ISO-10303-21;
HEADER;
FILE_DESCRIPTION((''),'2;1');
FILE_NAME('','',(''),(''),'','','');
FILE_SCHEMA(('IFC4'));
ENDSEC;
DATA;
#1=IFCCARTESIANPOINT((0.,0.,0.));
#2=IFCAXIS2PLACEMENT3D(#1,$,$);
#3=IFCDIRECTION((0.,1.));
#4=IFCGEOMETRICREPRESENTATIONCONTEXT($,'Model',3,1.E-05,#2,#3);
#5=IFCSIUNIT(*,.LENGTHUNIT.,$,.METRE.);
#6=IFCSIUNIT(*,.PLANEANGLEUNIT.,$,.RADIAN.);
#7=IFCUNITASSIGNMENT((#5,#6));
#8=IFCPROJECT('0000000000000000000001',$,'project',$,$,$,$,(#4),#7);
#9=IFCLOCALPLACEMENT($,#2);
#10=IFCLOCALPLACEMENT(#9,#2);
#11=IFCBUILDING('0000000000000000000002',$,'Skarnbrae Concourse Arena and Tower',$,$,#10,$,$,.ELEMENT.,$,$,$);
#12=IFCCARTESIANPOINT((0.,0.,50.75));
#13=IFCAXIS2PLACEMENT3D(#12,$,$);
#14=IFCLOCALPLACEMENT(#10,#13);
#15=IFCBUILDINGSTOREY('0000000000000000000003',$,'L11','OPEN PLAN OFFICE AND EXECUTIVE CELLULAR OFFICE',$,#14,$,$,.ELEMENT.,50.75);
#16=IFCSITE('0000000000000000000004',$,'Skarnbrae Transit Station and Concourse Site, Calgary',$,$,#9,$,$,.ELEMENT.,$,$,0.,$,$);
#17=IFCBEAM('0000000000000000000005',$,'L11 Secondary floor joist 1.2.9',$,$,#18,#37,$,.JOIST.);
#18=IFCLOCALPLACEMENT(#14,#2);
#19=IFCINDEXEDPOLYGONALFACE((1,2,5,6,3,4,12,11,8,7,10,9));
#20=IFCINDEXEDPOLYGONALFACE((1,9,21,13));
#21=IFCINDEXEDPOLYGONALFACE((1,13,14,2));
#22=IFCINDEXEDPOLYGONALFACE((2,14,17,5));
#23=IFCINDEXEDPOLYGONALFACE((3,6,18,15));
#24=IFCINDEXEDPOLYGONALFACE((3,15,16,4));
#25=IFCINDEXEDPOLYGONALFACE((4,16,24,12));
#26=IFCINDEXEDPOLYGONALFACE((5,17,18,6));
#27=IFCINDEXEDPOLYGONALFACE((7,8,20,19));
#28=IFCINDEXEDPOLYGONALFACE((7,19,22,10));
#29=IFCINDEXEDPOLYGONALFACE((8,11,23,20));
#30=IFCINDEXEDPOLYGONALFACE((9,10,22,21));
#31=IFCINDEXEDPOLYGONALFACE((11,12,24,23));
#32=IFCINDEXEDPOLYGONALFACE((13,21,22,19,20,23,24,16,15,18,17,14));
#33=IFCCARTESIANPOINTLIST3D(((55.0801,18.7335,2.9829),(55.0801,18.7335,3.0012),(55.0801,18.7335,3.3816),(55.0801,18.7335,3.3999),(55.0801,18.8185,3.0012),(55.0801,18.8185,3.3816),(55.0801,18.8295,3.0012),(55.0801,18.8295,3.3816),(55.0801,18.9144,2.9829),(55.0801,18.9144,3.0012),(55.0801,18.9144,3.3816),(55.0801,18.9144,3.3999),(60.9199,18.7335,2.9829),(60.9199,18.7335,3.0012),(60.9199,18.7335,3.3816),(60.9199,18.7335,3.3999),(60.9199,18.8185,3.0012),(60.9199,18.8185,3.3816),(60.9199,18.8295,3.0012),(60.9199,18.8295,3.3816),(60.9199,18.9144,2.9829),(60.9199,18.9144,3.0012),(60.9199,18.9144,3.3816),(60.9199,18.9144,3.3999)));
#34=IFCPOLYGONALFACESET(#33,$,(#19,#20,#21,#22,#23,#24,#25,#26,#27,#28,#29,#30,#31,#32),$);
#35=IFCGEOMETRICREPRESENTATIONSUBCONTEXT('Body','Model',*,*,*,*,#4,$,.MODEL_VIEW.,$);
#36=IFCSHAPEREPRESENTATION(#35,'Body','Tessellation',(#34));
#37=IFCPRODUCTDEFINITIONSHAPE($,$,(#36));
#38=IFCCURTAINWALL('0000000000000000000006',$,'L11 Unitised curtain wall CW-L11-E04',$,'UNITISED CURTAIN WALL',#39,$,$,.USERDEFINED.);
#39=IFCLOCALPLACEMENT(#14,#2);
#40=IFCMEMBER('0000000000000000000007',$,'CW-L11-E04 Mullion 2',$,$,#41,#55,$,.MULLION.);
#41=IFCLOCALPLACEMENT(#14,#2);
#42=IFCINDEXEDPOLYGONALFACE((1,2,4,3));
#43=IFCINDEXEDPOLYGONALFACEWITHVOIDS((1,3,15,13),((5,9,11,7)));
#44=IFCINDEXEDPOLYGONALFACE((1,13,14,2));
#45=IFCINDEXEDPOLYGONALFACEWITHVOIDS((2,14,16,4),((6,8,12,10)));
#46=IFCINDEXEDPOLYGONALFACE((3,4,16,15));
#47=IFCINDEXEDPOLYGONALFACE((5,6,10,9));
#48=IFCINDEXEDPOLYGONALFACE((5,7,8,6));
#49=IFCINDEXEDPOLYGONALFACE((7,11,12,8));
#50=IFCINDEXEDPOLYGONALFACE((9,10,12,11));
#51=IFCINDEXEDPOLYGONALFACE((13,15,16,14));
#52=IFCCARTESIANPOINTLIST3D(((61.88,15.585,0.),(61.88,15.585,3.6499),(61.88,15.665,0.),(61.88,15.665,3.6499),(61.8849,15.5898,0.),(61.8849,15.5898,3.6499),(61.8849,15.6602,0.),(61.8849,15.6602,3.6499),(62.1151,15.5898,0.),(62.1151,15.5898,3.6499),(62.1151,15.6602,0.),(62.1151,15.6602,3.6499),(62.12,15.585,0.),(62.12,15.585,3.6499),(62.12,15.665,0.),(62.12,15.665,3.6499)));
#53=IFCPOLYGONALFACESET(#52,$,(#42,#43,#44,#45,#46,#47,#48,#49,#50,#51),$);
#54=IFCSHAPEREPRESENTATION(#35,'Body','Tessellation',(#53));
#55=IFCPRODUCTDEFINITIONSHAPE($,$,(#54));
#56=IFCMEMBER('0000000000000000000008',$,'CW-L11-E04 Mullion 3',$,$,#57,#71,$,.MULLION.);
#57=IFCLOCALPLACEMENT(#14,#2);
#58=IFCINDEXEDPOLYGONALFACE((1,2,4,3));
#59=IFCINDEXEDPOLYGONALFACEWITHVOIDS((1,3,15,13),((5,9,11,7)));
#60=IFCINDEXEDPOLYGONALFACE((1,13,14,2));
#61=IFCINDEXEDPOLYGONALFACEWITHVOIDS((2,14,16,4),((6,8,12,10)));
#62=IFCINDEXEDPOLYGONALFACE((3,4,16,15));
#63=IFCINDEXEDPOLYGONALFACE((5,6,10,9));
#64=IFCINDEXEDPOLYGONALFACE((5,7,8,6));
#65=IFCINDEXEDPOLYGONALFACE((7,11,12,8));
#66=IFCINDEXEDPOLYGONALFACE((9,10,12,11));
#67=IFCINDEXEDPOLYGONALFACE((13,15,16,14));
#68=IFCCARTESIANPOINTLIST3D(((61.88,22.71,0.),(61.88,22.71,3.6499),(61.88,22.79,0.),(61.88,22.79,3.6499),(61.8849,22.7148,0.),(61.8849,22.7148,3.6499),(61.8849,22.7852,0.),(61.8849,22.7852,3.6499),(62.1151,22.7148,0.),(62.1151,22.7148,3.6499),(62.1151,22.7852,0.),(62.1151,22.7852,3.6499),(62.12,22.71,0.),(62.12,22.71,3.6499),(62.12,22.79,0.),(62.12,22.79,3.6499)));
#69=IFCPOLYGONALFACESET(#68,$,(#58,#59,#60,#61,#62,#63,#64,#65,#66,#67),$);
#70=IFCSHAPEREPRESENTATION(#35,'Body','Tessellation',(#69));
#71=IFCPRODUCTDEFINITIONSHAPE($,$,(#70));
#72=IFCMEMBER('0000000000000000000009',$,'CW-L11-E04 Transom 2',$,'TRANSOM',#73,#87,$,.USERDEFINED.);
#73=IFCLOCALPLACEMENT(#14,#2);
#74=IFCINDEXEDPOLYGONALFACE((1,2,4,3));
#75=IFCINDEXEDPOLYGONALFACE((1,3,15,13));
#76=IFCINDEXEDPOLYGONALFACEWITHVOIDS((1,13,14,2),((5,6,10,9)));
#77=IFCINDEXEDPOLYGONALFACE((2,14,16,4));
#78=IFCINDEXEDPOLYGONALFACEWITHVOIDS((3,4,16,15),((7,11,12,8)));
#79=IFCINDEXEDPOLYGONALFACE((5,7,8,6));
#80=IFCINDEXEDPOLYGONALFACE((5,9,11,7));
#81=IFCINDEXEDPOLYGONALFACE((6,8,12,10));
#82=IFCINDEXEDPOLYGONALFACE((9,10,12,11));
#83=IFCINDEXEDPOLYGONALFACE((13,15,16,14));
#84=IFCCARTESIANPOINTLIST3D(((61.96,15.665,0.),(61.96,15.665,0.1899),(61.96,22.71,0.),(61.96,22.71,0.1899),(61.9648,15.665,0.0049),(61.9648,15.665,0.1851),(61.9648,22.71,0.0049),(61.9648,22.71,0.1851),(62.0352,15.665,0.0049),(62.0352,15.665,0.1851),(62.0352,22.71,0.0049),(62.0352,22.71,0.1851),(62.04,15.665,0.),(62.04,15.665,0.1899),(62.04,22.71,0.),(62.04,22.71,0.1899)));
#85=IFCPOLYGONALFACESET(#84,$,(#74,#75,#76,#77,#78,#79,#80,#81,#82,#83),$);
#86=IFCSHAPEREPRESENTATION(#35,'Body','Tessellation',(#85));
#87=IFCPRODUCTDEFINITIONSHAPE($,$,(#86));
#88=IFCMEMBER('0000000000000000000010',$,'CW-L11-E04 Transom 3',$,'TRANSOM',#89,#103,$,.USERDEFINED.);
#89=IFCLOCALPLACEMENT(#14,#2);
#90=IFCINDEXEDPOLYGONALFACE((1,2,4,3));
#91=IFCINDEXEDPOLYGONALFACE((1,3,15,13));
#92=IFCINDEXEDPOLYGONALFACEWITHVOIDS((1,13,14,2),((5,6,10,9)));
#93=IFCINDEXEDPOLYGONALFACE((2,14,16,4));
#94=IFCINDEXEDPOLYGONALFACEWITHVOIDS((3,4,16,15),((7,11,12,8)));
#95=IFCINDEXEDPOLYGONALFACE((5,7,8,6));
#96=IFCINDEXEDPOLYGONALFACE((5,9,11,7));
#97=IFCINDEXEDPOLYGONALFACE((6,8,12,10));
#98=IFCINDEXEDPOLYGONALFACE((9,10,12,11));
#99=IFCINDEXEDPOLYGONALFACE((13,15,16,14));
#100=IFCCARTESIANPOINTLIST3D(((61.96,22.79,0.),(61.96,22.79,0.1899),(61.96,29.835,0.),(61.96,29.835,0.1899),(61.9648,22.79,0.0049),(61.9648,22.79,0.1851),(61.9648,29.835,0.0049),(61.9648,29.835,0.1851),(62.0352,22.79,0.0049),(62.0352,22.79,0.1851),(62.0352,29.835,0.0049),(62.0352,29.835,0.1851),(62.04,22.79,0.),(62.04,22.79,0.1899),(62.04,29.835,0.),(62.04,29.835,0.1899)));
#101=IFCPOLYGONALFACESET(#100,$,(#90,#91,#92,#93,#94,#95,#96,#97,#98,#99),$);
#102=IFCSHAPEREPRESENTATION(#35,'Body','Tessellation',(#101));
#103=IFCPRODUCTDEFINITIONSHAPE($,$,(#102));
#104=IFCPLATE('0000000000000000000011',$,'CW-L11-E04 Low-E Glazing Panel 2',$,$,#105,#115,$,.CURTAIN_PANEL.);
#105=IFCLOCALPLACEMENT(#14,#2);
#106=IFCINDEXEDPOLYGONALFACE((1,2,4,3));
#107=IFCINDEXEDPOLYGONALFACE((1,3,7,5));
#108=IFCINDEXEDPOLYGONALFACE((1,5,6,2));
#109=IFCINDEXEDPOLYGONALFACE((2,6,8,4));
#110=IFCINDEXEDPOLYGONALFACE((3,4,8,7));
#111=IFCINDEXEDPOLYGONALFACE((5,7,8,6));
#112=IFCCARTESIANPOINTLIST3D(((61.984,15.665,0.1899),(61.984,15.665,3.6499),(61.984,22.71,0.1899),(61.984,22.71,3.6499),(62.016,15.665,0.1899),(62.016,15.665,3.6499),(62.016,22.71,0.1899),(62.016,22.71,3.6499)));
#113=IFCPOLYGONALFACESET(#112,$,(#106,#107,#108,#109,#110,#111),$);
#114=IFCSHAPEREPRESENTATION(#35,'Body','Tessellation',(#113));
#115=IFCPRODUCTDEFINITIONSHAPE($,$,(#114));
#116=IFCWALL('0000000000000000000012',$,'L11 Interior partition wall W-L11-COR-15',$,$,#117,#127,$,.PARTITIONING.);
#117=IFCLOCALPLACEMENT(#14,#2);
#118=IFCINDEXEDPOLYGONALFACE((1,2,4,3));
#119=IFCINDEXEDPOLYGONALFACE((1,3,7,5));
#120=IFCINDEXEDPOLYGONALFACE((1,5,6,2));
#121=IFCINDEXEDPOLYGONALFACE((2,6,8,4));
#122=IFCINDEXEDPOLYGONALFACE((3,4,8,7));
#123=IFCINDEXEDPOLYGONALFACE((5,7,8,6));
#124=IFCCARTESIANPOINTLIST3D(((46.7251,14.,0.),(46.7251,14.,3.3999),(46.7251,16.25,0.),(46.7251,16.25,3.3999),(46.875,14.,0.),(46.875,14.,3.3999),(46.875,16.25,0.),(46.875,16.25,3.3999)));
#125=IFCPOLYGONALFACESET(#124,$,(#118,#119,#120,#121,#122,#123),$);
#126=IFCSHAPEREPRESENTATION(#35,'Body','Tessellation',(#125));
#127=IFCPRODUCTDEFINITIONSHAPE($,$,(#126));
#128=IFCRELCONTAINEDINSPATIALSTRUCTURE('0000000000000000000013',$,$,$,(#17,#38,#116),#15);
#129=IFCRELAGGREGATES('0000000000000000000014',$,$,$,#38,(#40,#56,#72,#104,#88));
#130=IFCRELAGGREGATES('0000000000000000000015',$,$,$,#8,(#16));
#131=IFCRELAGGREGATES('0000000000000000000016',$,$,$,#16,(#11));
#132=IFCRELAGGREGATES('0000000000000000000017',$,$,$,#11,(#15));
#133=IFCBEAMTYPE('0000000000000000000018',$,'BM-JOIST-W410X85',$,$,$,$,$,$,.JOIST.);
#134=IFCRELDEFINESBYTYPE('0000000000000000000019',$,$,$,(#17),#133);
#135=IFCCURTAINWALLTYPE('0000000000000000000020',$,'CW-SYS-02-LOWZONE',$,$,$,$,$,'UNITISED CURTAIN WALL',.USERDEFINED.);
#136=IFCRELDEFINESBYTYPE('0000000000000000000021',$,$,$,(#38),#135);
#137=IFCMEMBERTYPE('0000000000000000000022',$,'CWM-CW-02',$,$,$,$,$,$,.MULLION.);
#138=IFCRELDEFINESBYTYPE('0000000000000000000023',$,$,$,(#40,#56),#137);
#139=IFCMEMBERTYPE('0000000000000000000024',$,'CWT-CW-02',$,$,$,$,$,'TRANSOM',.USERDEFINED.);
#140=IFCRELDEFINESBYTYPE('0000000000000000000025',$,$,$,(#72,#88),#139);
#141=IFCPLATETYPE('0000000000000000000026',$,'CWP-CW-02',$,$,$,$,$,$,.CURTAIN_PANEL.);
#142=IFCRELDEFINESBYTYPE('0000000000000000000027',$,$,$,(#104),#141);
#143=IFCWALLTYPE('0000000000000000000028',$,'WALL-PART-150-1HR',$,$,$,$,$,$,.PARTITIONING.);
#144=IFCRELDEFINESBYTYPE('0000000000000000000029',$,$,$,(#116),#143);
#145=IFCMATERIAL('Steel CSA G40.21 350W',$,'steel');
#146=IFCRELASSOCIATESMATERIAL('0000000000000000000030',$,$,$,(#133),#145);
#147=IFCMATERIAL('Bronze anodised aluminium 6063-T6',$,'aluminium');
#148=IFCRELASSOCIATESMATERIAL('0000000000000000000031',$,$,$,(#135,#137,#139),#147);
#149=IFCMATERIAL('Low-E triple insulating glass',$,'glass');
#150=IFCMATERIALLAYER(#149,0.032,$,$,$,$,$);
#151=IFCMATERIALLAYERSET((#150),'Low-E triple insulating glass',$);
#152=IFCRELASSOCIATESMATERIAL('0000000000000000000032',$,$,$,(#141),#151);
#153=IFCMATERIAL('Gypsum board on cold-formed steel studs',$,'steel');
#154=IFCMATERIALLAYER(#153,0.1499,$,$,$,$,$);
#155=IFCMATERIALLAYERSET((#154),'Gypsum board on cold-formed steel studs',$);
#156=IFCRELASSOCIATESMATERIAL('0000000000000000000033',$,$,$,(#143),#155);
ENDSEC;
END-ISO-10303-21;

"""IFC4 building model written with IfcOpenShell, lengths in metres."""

from ifc_helpers import new_model, si_unit, direction, frame, frame_2d, origin, origin_2d, place, context, subcontext, project, spatial, rectangle, hollow_rectangle, i_section, extrude, source, transform, mapped, material, layer, layer_set, material_profile, profile_set, type_object, element, aggregate, save


model = new_model("IFC4")

# Units and contexts
model_context = context("Model", 3, precision=1e-05, world=origin(), true_north=direction((0.0, 1.0)))
body_context = subcontext(model_context, "Body", "Model", "MODEL_VIEW")
ifc_project = project(units=[si_unit("LENGTHUNIT", "METRE"), si_unit("PLANEANGLEUNIT", "RADIAN")], contexts=[model_context])

# Site, building, storey
site_placement = place(None, origin())
site = spatial("IfcSite", under=ifc_project, at=site_placement, Name="Skarnbrae Transit Station and Concourse Site, Calgary", CompositionType="ELEMENT", RefElevation=0.0)
building_placement = place(site_placement, origin())
building = spatial("IfcBuilding", under=site, at=building_placement, Name="Skarnbrae Concourse Arena and Tower", CompositionType="ELEMENT")
storey_placement = place(building_placement, frame((0.0, 0.0, 50.75)))
storey = spatial("IfcBuildingStorey", under=building, at=storey_placement, Name="L11", Description="OPEN PLAN OFFICE AND EXECUTIVE CELLULAR OFFICE", CompositionType="ELEMENT", Elevation=50.75)

# Shared definitions
ifc_material_1 = material(Name="Steel CSA G40.21 350W", Category="steel")

# Beam
ifc_material_profile_1 = material_profile(ifc_material_1, i_section(OverallWidth=0.1809, OverallDepth=0.417, WebThickness=0.011, FlangeThickness=0.0183, at=origin_2d()), Name="W410X85")
ifc_profile_set_1 = profile_set([ifc_material_profile_1], Name="Steel CSA G40.21 350W")
beam_type_1 = type_object("IfcBeamType", Name="BM-JOIST-W410X85", PredefinedType="JOIST", material=ifc_profile_set_1)
shared_shape_1 = source(origin(), body_context, "Body", "SweptSolid", [
    extrude(i_section(OverallWidth=0.1809, OverallDepth=0.417, WebThickness=0.011, FlangeThickness=0.0183, at=origin_2d()), origin(), (0.0, 0.0, 1.0), 5.8398),
])
for number, where, z_axis, x_axis, name in (
    (1, (55.0801, 18.824, 3.1914), (1.0, 0.0, 0.0), (0.0, 1.0, 0.0), "L11 Secondary floor joist 1.2.9"),
):
    element("IfcBeam", number, at=place(storey_placement, frame(where, z_axis=z_axis, x_axis=x_axis)), inside=storey, type_object=beam_type_1, Name=name, PredefinedType="JOIST", context=body_context, shape_type="MappedRepresentation", body=[
        mapped(shared_shape_1, transform((0.0, 0.0, 0.0))),
    ])

# Curtain wall, members, plate
ifc_material_2 = material(Name="Bronze anodised aluminium 6063-T6", Category="aluminium")
curtain_wall_type = type_object("IfcCurtainWallType", Name="CW-SYS-02-LOWZONE", ElementType="UNITISED CURTAIN WALL", PredefinedType="USERDEFINED", material=ifc_material_2)
curtain_wall_placement = place(storey_placement, origin())
curtain_wall = element("IfcCurtainWall", 2, at=curtain_wall_placement, inside=storey, type_object=curtain_wall_type, Name="L11 Unitised curtain wall CW-L11-E04", ObjectType="UNITISED CURTAIN WALL", PredefinedType="USERDEFINED")
ifc_material_profile_2 = material_profile(ifc_material_2, hollow_rectangle(XDim=0.0801, YDim=0.24, WallThickness=0.0049, at=origin_2d()), Name="ALU-MULL-80X240")
ifc_profile_set_2 = profile_set([ifc_material_profile_2], Name="Bronze anodised aluminium 6063-T6")
member_type_1 = type_object("IfcMemberType", Name="CWM-CW-02", PredefinedType="MULLION", material=ifc_profile_set_2)
shared_shape_2 = source(origin(), body_context, "Body", "SweptSolid", [
    extrude(hollow_rectangle(XDim=0.0801, YDim=0.24, WallThickness=0.0049, at=origin_2d()), origin(), (0.0, 0.0, 1.0), 3.6499),
])
member_1_placement = place(storey_placement, frame((62.0, 15.625, 0.0), z_axis=(0.0, 0.0, 1.0), x_axis=(0.0, 1.0, 0.0)))
member_1 = element("IfcMember", 3, at=member_1_placement, type_object=member_type_1, Name="CW-L11-E04 Mullion 2", PredefinedType="MULLION", context=body_context, shape_type="MappedRepresentation", body=[
    mapped(shared_shape_2, transform((0.0, 0.0, 0.0))),
])
member_2_placement = place(storey_placement, frame((62.0, 22.75, 0.0), z_axis=(0.0, 0.0, 1.0), x_axis=(0.0, 1.0, 0.0)))
member_2 = element("IfcMember", 4, at=member_2_placement, type_object=member_type_1, Name="CW-L11-E04 Mullion 3", PredefinedType="MULLION", context=body_context, shape_type="MappedRepresentation", body=[
    mapped(shared_shape_2, transform((0.0, 0.0, 0.0))),
])
ifc_material_profile_3 = material_profile(ifc_material_2, hollow_rectangle(XDim=0.0801, YDim=0.1899, WallThickness=0.0049, at=origin_2d()), Name="ALU-TRAN-80X190")
ifc_profile_set_3 = profile_set([ifc_material_profile_3], Name="Bronze anodised aluminium 6063-T6")
member_type_2 = type_object("IfcMemberType", Name="CWT-CW-02", ElementType="TRANSOM", PredefinedType="USERDEFINED", material=ifc_profile_set_3)
shared_shape_3 = source(origin(), body_context, "Body", "SweptSolid", [
    extrude(hollow_rectangle(XDim=0.0801, YDim=0.1899, WallThickness=0.0049, at=origin_2d()), origin(), (0.0, 0.0, 1.0), 7.0449),
])
member_3_placement = place(storey_placement, frame((62.0, 15.665, 0.095), z_axis=(0.0, 1.0, 0.0), x_axis=(-1.0, 0.0, 0.0)))
member_3 = element("IfcMember", 5, at=member_3_placement, type_object=member_type_2, Name="CW-L11-E04 Transom 2", ObjectType="TRANSOM", PredefinedType="USERDEFINED", context=body_context, shape_type="MappedRepresentation", body=[
    mapped(shared_shape_3, transform((0.0, 0.0, 0.0))),
])
member_4_placement = place(storey_placement, frame((62.0, 22.79, 0.095), z_axis=(0.0, 1.0, 0.0), x_axis=(-1.0, 0.0, 0.0)))
member_4 = element("IfcMember", 6, at=member_4_placement, type_object=member_type_2, Name="CW-L11-E04 Transom 3", ObjectType="TRANSOM", PredefinedType="USERDEFINED", context=body_context, shape_type="MappedRepresentation", body=[
    mapped(shared_shape_3, transform((0.0, 0.0, 0.0))),
])
ifc_material_3 = material(Name="Low-E triple insulating glass", Category="glass")
ifc_layer_1 = layer(ifc_material_3, 0.032)
ifc_layer_set_1 = layer_set([ifc_layer_1], Name="Low-E triple insulating glass")
plate_type = type_object("IfcPlateType", Name="CWP-CW-02", PredefinedType="CURTAIN_PANEL", material=ifc_layer_set_1)
shared_shape_4 = source(origin(), body_context, "Body", "SweptSolid", [
    extrude(rectangle(XDim=7.0449, YDim=0.032, at=origin_2d()), origin(), (0.0, 0.0, 1.0), 3.46),
])
plate_placement = place(storey_placement, frame((62.0, 19.1875, 0.1899), z_axis=(0.0, 0.0, 1.0), x_axis=(0.0, 1.0, 0.0)))
plate = element("IfcPlate", 7, at=plate_placement, type_object=plate_type, Name="CW-L11-E04 Low-E Glazing Panel 2", PredefinedType="CURTAIN_PANEL", context=body_context, shape_type="MappedRepresentation", body=[
    mapped(shared_shape_4, transform((0.0, 0.0, 0.0))),
])
aggregate(curtain_wall, [member_1, member_2, member_3, plate, member_4])

# Wall
ifc_material_4 = material(Name="Gypsum board on cold-formed steel studs", Category="steel")
ifc_layer_2 = layer(ifc_material_4, 0.1499)
ifc_layer_set_2 = layer_set([ifc_layer_2], Name="Gypsum board on cold-formed steel studs")
wall_type = type_object("IfcWallType", Name="WALL-PART-150-1HR", PredefinedType="PARTITIONING", material=ifc_layer_set_2)
shared_shape_5 = source(origin(), body_context, "Body", "SweptSolid", [
    extrude(rectangle(XDim=2.25, YDim=0.1499, at=frame_2d((1.125, 0.0))), origin(), (0.0, 0.0, 1.0), 3.3999),
])
wall_placement = place(storey_placement, frame((46.8, 16.25, 0.0), z_axis=(0.0, 0.0, 1.0), x_axis=(0.0, -1.0, 0.0)))
element("IfcWall", 8, at=wall_placement, inside=storey, type_object=wall_type, Name="L11 Interior partition wall W-L11-COR-15", PredefinedType="PARTITIONING", context=body_context, shape_type="MappedRepresentation", body=[
    mapped(shared_shape_5, transform((0.0, 0.0, 0.0))),
])

save(model, "model.ifc")
